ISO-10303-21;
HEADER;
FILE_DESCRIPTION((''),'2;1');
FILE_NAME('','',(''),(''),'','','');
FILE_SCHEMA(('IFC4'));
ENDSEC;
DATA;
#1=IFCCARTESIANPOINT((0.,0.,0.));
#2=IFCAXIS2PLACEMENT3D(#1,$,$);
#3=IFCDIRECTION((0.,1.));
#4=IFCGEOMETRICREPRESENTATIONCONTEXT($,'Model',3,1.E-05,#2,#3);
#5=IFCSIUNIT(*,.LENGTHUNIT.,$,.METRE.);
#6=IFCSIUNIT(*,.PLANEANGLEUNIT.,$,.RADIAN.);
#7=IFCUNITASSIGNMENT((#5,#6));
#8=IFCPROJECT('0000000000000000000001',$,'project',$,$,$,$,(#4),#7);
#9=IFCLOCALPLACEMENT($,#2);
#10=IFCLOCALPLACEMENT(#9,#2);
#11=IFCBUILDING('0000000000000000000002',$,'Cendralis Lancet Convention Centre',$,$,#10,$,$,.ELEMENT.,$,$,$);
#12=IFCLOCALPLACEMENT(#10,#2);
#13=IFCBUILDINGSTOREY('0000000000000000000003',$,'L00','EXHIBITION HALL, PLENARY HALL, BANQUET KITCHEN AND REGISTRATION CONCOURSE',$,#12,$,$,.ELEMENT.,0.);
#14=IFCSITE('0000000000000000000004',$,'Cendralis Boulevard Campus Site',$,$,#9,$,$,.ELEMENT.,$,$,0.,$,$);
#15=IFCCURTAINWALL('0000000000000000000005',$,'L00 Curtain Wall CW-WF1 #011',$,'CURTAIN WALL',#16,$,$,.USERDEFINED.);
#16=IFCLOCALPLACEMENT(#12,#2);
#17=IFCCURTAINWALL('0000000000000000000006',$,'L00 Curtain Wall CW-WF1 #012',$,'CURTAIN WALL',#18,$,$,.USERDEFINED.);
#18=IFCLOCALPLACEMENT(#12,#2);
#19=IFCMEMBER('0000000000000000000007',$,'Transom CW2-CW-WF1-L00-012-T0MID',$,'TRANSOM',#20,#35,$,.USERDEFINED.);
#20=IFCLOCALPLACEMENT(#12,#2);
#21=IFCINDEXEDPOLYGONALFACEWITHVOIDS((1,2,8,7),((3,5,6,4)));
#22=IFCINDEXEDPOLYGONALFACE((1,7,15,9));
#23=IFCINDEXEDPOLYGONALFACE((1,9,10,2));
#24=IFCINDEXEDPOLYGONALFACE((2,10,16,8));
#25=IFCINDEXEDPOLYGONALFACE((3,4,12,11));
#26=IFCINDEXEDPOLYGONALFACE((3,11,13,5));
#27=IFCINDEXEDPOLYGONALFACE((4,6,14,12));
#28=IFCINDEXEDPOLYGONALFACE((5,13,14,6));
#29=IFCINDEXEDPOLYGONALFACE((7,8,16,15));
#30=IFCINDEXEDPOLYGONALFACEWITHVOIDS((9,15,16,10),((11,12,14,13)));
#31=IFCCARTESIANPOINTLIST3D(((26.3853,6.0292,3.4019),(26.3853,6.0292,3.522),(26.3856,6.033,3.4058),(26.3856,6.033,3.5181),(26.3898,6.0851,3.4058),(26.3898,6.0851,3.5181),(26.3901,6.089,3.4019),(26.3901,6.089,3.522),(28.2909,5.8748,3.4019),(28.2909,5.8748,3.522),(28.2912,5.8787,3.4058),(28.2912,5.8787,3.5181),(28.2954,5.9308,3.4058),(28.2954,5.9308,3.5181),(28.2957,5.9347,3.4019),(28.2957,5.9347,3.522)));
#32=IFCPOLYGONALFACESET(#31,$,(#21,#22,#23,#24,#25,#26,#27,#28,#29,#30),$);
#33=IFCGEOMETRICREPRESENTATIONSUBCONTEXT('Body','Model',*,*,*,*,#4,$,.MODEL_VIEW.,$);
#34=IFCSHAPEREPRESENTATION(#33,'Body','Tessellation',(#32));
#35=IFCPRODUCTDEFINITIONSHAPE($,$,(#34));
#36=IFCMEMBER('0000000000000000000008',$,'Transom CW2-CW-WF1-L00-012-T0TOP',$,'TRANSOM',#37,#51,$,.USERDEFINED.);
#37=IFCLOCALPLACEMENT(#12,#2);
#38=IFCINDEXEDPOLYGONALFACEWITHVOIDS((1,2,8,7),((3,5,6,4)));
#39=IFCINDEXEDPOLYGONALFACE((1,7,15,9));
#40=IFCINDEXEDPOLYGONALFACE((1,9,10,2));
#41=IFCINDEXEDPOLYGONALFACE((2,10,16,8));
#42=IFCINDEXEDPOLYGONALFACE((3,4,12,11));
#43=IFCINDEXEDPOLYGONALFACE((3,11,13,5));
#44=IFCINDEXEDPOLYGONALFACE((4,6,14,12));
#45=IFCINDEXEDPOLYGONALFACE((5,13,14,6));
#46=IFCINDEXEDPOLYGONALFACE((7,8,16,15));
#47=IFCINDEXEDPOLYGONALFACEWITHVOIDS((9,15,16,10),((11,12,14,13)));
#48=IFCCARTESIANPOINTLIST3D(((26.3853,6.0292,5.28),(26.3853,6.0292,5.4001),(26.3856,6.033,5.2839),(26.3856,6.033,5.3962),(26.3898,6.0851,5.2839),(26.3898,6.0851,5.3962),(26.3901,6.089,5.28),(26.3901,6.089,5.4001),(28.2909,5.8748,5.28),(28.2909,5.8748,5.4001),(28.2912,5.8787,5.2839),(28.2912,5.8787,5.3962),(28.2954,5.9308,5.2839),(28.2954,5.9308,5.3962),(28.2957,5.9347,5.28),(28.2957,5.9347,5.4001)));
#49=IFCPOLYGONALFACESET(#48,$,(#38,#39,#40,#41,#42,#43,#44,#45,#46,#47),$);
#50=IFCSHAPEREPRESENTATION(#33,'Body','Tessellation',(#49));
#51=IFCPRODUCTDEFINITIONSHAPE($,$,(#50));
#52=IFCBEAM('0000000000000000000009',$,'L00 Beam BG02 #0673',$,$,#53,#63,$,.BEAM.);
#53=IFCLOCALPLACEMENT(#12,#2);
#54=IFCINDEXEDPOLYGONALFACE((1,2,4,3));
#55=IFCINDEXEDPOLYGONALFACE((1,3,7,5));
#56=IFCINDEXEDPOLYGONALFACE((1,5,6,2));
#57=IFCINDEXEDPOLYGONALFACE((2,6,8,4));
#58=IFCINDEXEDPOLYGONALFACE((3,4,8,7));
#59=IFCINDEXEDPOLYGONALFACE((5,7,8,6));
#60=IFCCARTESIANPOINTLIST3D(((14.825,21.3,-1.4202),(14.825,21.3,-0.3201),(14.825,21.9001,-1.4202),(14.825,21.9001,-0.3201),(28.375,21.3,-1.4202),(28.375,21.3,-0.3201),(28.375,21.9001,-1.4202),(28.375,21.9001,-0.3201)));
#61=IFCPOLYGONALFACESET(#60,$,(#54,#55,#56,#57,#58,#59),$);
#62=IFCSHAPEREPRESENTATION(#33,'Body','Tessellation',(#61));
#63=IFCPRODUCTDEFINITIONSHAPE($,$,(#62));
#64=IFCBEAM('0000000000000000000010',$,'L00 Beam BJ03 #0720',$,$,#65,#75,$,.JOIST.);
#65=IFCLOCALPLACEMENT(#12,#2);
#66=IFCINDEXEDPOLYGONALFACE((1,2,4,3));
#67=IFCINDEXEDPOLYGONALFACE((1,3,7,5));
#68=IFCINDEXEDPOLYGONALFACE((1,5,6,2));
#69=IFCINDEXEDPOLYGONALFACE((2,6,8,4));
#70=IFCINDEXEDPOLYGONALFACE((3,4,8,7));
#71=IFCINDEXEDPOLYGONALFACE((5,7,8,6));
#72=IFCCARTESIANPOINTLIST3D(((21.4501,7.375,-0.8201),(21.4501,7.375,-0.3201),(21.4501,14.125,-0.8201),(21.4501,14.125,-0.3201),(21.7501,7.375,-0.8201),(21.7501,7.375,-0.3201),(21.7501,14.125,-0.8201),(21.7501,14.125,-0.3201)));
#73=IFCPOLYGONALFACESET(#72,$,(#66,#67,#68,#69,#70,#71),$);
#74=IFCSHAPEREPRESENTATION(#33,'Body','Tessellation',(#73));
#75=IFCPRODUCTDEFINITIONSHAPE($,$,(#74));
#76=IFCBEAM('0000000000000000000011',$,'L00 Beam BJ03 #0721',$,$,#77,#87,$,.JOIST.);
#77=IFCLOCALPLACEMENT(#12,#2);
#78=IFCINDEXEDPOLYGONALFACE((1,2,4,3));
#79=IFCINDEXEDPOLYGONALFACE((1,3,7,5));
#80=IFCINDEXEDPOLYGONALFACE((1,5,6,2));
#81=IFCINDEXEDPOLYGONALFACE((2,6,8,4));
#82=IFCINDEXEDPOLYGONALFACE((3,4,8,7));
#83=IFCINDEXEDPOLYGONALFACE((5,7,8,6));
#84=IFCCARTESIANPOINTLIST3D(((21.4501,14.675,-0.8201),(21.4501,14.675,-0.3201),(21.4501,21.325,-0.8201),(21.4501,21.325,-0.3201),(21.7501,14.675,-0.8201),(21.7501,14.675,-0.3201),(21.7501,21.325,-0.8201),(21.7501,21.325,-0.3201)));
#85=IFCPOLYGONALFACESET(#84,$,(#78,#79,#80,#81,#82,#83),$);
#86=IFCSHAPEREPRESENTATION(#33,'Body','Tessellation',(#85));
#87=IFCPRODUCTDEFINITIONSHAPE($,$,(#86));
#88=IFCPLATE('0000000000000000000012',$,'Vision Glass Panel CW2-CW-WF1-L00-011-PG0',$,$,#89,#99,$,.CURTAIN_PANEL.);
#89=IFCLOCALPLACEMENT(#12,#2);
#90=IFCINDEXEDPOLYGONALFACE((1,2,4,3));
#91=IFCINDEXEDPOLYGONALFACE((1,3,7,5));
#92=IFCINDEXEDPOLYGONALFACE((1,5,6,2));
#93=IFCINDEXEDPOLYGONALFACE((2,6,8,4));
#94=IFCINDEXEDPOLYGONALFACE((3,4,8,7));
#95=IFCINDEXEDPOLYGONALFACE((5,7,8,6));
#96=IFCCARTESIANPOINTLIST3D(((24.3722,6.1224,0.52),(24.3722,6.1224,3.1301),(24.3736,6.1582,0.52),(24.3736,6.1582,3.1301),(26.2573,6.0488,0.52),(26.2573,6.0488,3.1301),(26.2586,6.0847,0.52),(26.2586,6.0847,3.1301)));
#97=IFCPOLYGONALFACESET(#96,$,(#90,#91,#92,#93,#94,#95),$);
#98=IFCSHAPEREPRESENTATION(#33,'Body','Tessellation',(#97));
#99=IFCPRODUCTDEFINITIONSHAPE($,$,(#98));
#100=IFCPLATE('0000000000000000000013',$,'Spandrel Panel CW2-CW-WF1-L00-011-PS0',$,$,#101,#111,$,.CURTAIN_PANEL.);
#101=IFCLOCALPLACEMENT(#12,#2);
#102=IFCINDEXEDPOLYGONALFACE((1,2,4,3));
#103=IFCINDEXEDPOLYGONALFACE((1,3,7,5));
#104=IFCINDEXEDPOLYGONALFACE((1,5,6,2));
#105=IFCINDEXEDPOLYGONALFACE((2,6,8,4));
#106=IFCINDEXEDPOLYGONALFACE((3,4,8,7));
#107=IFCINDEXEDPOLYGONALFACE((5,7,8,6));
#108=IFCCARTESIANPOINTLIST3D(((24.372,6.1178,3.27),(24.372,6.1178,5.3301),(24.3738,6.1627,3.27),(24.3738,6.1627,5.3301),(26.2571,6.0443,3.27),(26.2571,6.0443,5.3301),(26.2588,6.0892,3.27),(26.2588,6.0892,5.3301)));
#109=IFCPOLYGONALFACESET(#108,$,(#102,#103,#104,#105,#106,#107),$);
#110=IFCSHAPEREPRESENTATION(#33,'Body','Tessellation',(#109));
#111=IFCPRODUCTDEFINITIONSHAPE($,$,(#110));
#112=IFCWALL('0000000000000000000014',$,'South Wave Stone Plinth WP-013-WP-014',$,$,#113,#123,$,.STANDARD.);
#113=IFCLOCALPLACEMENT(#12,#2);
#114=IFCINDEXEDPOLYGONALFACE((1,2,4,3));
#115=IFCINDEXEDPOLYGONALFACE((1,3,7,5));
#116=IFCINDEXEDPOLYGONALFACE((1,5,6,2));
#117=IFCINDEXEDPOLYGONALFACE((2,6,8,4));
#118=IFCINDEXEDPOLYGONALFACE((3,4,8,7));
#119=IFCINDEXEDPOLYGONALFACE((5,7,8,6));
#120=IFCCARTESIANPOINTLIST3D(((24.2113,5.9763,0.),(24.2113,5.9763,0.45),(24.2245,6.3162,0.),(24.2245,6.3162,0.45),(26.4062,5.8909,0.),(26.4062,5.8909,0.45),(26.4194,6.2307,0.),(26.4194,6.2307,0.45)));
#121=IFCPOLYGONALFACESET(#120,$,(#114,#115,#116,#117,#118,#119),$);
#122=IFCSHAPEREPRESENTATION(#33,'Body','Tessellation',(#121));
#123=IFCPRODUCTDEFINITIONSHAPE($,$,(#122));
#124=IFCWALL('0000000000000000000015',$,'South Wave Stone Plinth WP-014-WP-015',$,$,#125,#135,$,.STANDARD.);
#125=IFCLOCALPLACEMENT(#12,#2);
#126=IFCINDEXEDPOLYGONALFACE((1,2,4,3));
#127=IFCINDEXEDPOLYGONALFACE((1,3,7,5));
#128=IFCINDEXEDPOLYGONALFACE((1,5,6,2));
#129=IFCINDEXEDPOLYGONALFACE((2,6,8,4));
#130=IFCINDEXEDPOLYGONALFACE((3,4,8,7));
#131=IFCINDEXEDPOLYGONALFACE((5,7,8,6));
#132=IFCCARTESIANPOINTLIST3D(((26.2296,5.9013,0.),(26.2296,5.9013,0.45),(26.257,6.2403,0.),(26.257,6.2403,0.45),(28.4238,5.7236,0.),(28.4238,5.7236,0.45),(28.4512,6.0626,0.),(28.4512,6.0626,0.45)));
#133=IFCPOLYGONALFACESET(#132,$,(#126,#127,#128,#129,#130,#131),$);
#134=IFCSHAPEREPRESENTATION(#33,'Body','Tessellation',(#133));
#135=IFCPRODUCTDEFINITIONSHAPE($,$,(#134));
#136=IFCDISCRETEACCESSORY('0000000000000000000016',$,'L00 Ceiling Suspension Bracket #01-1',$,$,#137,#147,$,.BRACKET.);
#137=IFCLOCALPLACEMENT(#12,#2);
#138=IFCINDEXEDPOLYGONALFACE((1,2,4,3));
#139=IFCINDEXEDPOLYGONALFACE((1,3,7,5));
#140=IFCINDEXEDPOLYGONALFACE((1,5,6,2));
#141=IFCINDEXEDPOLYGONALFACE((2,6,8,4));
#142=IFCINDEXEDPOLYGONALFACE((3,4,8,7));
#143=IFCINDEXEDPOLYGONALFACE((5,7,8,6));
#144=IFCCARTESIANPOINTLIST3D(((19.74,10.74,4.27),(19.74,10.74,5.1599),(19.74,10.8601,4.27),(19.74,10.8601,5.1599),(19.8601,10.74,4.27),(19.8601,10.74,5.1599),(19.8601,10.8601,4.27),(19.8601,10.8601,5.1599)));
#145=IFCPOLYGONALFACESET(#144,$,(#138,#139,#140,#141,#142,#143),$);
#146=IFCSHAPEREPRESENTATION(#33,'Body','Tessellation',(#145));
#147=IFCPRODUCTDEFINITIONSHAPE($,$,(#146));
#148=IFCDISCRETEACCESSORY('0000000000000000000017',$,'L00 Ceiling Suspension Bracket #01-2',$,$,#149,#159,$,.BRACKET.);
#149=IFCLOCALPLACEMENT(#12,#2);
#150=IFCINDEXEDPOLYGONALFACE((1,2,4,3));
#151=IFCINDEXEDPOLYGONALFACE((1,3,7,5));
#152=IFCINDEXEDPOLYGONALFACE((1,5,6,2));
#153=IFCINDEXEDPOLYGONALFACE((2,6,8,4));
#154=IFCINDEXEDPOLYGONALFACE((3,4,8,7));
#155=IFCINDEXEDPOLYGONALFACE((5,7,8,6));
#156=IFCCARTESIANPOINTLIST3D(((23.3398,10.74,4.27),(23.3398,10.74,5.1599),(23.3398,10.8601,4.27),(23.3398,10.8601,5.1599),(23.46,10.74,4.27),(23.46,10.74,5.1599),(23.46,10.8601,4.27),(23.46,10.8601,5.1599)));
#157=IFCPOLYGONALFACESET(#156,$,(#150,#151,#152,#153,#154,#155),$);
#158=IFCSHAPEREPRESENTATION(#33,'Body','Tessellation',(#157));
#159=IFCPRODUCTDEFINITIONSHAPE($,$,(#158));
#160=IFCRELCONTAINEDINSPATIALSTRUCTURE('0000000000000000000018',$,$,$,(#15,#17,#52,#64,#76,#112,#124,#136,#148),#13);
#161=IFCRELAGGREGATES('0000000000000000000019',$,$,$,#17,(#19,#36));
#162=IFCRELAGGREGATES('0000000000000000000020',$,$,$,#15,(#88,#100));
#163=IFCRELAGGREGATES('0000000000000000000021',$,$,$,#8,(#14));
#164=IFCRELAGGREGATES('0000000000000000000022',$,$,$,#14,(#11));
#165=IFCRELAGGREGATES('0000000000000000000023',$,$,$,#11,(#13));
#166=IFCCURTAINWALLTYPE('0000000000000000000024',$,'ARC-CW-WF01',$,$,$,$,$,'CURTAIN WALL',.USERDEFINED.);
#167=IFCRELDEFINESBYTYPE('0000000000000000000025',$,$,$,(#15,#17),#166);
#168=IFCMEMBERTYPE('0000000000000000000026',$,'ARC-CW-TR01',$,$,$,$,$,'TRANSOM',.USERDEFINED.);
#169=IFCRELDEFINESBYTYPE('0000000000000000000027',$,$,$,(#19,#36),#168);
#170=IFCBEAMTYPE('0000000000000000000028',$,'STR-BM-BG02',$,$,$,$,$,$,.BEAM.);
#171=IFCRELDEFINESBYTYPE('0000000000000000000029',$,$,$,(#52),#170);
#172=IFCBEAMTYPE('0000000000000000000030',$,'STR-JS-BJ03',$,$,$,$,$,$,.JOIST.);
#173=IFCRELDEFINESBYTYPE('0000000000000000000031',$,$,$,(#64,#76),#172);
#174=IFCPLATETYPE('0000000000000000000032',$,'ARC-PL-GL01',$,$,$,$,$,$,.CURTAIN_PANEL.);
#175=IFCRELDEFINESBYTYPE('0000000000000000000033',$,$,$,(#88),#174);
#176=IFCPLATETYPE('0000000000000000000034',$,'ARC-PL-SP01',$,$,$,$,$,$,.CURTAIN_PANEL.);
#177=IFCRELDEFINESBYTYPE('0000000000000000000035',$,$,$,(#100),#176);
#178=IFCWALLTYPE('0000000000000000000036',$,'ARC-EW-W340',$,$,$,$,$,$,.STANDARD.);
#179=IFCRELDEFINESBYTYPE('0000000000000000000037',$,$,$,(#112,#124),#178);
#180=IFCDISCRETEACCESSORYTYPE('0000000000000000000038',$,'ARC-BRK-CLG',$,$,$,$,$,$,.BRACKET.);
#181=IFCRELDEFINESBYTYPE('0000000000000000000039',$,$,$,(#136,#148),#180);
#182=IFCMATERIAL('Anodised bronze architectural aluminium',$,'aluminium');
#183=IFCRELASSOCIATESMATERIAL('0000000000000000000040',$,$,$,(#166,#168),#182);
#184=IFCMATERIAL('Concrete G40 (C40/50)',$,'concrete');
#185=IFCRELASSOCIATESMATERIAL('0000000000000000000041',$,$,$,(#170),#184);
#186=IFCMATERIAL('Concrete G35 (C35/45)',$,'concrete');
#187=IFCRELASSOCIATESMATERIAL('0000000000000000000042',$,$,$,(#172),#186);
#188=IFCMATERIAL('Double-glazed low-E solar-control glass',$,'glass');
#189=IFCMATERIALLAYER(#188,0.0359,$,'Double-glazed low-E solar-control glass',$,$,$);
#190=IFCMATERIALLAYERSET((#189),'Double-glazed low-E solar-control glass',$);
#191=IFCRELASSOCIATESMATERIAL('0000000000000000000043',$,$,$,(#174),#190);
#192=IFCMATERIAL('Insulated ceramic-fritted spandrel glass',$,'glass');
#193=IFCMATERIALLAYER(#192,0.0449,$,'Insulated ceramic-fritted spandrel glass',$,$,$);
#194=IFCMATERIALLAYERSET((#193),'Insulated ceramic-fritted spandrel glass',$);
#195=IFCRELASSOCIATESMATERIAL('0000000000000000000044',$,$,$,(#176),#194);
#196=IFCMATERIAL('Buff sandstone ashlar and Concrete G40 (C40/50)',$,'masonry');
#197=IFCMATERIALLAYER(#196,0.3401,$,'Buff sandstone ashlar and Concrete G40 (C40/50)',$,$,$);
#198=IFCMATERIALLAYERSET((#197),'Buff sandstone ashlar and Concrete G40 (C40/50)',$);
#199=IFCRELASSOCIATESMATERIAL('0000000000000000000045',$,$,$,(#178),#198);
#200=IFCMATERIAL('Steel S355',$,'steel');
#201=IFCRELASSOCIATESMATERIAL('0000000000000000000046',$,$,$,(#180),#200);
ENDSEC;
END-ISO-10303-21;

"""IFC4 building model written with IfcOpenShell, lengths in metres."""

from ifc_helpers import new_model, si_unit, direction, frame, frame_2d, origin, origin_2d, place, context, subcontext, project, spatial, rectangle, hollow_rectangle, extrude, material, layer, layer_set, material_profile, profile_set, type_object, element, aggregate, save


model = new_model("IFC4")

# Units and contexts
model_context = context("Model", 3, precision=1e-05, world=origin(), true_north=direction((0.0, 1.0)))
body_context = subcontext(model_context, "Body", "Model", "MODEL_VIEW")
ifc_project = project(units=[si_unit("LENGTHUNIT", "METRE"), si_unit("PLANEANGLEUNIT", "RADIAN")], contexts=[model_context])

# Site, building, storey
site_placement = place(None, origin())
site = spatial("IfcSite", under=ifc_project, at=site_placement, Name="Cendralis Boulevard Campus Site", CompositionType="ELEMENT", RefElevation=0.0)
building_placement = place(site_placement, origin())
building = spatial("IfcBuilding", under=site, at=building_placement, Name="Cendralis Lancet Convention Centre", CompositionType="ELEMENT")
storey_placement = place(building_placement, origin())
storey = spatial("IfcBuildingStorey", under=building, at=storey_placement, Name="L00", Description="EXHIBITION HALL, PLENARY HALL, BANQUET KITCHEN AND REGISTRATION CONCOURSE", CompositionType="ELEMENT", Elevation=0.0)

# Shared definitions
ifc_material_1 = material(Name="Concrete G35 (C35/45)", Category="concrete")

# Shared definitions
ifc_material_2 = material(Name="Concrete G40 (C40/50)", Category="concrete")

# Curtain wall
ifc_material_3 = material(Name="Anodised bronze architectural aluminium", Category="aluminium")
curtain_wall_type = type_object("IfcCurtainWallType", Name="ARC-CW-WF01", ElementType="CURTAIN WALL", PredefinedType="USERDEFINED", material=ifc_material_3)
curtain_wall_1_placement = place(storey_placement, origin())
curtain_wall_1 = element("IfcCurtainWall", 1, at=curtain_wall_1_placement, inside=storey, type_object=curtain_wall_type, Name="L00 Curtain Wall CW-WF1 #011", ObjectType="CURTAIN WALL", PredefinedType="USERDEFINED")

# Curtain wall
curtain_wall_2_placement = place(storey_placement, origin())
curtain_wall_2 = element("IfcCurtainWall", 2, at=curtain_wall_2_placement, inside=storey, type_object=curtain_wall_type, Name="L00 Curtain Wall CW-WF1 #012", ObjectType="CURTAIN WALL", PredefinedType="USERDEFINED")

# Members
ifc_material_profile_1 = material_profile(ifc_material_3, hollow_rectangle(XDim=0.0601, YDim=0.1201, WallThickness=0.0039, at=origin_2d()), Name="AL-TRAN 60x120x4.0")
ifc_profile_set_1 = profile_set([ifc_material_profile_1], Name="Anodised bronze architectural aluminium")
member_type_1 = type_object("IfcMemberType", Name="ARC-CW-TR01", ElementType="TRANSOM", PredefinedType="USERDEFINED", material=ifc_profile_set_1)
member_1_placement = place(storey_placement, frame((26.3877, 6.0591, 3.4619), z_axis=(0.996738, -0.08071, 0.0), x_axis=(0.08071, 0.996738, 0.0)))
member_1 = element("IfcMember", 3, at=member_1_placement, type_object=member_type_1, Name="Transom CW2-CW-WF1-L00-012-T0MID", ObjectType="TRANSOM", PredefinedType="USERDEFINED", context=body_context, shape_type="SweptSolid", body=[
    extrude(hollow_rectangle(XDim=0.0601, YDim=0.1201, WallThickness=0.0039, at=origin_2d()), origin(), (0.0, 0.0, 1.0), 1.9119),
])
member_2_placement = place(storey_placement, frame((26.3877, 6.0591, 5.3401), z_axis=(0.996738, -0.08071, 0.0), x_axis=(0.08071, 0.996738, 0.0)))
member_2 = element("IfcMember", 4, at=member_2_placement, type_object=member_type_1, Name="Transom CW2-CW-WF1-L00-012-T0TOP", ObjectType="TRANSOM", PredefinedType="USERDEFINED", context=body_context, shape_type="SweptSolid", body=[
    extrude(hollow_rectangle(XDim=0.0601, YDim=0.1201, WallThickness=0.0039, at=origin_2d()), origin(), (0.0, 0.0, 1.0), 1.9119),
])
aggregate(curtain_wall_2, [member_1, member_2])

# Beams
ifc_material_profile_2 = material_profile(ifc_material_2, rectangle(XDim=0.6001, YDim=1.1001, at=origin_2d()), Name="RCB 600x1100")
ifc_profile_set_2 = profile_set([ifc_material_profile_2], Name="Concrete G40 (C40/50)")
beam_type_1 = type_object("IfcBeamType", Name="STR-BM-BG02", PredefinedType="BEAM", material=ifc_profile_set_2)
beam_1_placement = place(storey_placement, frame((14.825, 21.6001, -0.8701), z_axis=(1.0, 0.0, 0.0), x_axis=(0.0, 1.0, 0.0)))
element("IfcBeam", 5, at=beam_1_placement, inside=storey, type_object=beam_type_1, Name="L00 Beam BG02 #0673", PredefinedType="BEAM", context=body_context, shape_type="SweptSolid", body=[
    extrude(rectangle(XDim=0.6001, YDim=1.1001, at=origin_2d()), origin(), (0.0, 0.0, 1.0), 13.55),
])
ifc_material_profile_3 = material_profile(ifc_material_1, rectangle(XDim=0.3, YDim=0.5, at=origin_2d()), Name="RCB 300x500")
ifc_profile_set_3 = profile_set([ifc_material_profile_3], Name="Concrete G35 (C35/45)")
beam_type_2 = type_object("IfcBeamType", Name="STR-JS-BJ03", PredefinedType="JOIST", material=ifc_profile_set_3)
beam_2_placement = place(storey_placement, frame((21.6001, 7.375, -0.5701), z_axis=(0.0, 1.0, 0.0), x_axis=(-1.0, 0.0, 0.0)))
element("IfcBeam", 6, at=beam_2_placement, inside=storey, type_object=beam_type_2, Name="L00 Beam BJ03 #0720", PredefinedType="JOIST", context=body_context, shape_type="SweptSolid", body=[
    extrude(rectangle(XDim=0.3, YDim=0.5, at=origin_2d()), origin(), (0.0, 0.0, 1.0), 6.75),
])
beam_3_placement = place(storey_placement, frame((21.6001, 14.675, -0.5701), z_axis=(0.0, 1.0, 0.0), x_axis=(-1.0, 0.0, 0.0)))
element("IfcBeam", 7, at=beam_3_placement, inside=storey, type_object=beam_type_2, Name="L00 Beam BJ03 #0721", PredefinedType="JOIST", context=body_context, shape_type="SweptSolid", body=[
    extrude(rectangle(XDim=0.3, YDim=0.5, at=origin_2d()), origin(), (0.0, 0.0, 1.0), 6.6499),
])

# Plates
ifc_material_4 = material(Name="Double-glazed low-E solar-control glass", Category="glass")
ifc_layer_1 = layer(ifc_material_4, 0.0359, Name="Double-glazed low-E solar-control glass")
ifc_layer_set_1 = layer_set([ifc_layer_1], Name="Double-glazed low-E solar-control glass")
plate_type_1 = type_object("IfcPlateType", Name="ARC-PL-GL01", PredefinedType="CURTAIN_PANEL", material=ifc_layer_set_1)
plate_1_placement = place(storey_placement, frame((25.3154, 6.1035, 0.52), z_axis=(0.0, 0.0, 1.0), x_axis=(0.99924, -0.038983, 0.0)))
plate_1 = element("IfcPlate", 8, at=plate_1_placement, type_object=plate_type_1, Name="Vision Glass Panel CW2-CW-WF1-L00-011-PG0", PredefinedType="CURTAIN_PANEL", context=body_context, shape_type="SweptSolid", body=[
    extrude(rectangle(XDim=1.8865, YDim=0.0359, at=origin_2d()), origin(), (0.0, 0.0, 1.0), 2.6101),
])
ifc_material_5 = material(Name="Insulated ceramic-fritted spandrel glass", Category="glass")
ifc_layer_2 = layer(ifc_material_5, 0.0449, Name="Insulated ceramic-fritted spandrel glass")
ifc_layer_set_2 = layer_set([ifc_layer_2], Name="Insulated ceramic-fritted spandrel glass")
plate_type_2 = type_object("IfcPlateType", Name="ARC-PL-SP01", PredefinedType="CURTAIN_PANEL", material=ifc_layer_set_2)
plate_2_placement = place(storey_placement, frame((25.3154, 6.1035, 3.27), z_axis=(0.0, 0.0, 1.0), x_axis=(0.99924, -0.038983, 0.0)))
plate_2 = element("IfcPlate", 9, at=plate_2_placement, type_object=plate_type_2, Name="Spandrel Panel CW2-CW-WF1-L00-011-PS0", PredefinedType="CURTAIN_PANEL", context=body_context, shape_type="SweptSolid", body=[
    extrude(rectangle(XDim=1.8865, YDim=0.0449, at=origin_2d()), origin(), (0.0, 0.0, 1.0), 2.0601),
])
aggregate(curtain_wall_1, [plate_1, plate_2])

# Shared definitions
ifc_material_6 = material(Name="Buff sandstone ashlar and Concrete G40 (C40/50)", Category="masonry")
ifc_layer_3 = layer(ifc_material_6, 0.3401, Name="Buff sandstone ashlar and Concrete G40 (C40/50)")
ifc_layer_set_3 = layer_set([ifc_layer_3], Name="Buff sandstone ashlar and Concrete G40 (C40/50)")
wall_type = type_object("IfcWallType", Name="ARC-EW-W340", PredefinedType="STANDARD", material=ifc_layer_set_3)

# Walls
wall_1_placement = place(storey_placement, frame((24.218, 6.1462, 0.0), z_axis=(0.0, 0.0, 1.0), x_axis=(0.999243, -0.038903, 0.0)))
element("IfcWall", 10, at=wall_1_placement, inside=storey, type_object=wall_type, Name="South Wave Stone Plinth WP-013-WP-014", PredefinedType="STANDARD", context=body_context, shape_type="SweptSolid", body=[
    extrude(rectangle(XDim=2.1965, YDim=0.3401, at=frame_2d((1.0981, 0.0))), origin(), (0.0, 0.0, 1.0), 0.45),
])
wall_2_placement = place(storey_placement, frame((26.2434, 6.0708, 0.0), z_axis=(0.0, 0.0, 1.0), x_axis=(0.996736, -0.080732, 0.0)))
element("IfcWall", 11, at=wall_2_placement, inside=storey, type_object=wall_type, Name="South Wave Stone Plinth WP-014-WP-015", PredefinedType="STANDARD", context=body_context, shape_type="SweptSolid", body=[
    extrude(rectangle(XDim=2.2014, YDim=0.3401, at=frame_2d((1.1006, 0.0))), origin(), (0.0, 0.0, 1.0), 0.45),
])

# Discrete accessories
ifc_material_7 = material(Name="Steel S355", Category="steel")
discrete_accessory_type = type_object("IfcDiscreteAccessoryType", Name="ARC-BRK-CLG", PredefinedType="BRACKET", material=ifc_material_7)
for number, where, z_axis, x_axis, name in (
    (12, (19.8, 10.8, 4.27), (0.0, 0.0, 1.0), (1.0, 0.0, 0.0), "L00 Ceiling Suspension Bracket #01-1"),
    (13, (23.3999, 10.8, 4.27), (0.0, 0.0, 1.0), (1.0, 0.0, 0.0), "L00 Ceiling Suspension Bracket #01-2"),
):
    element("IfcDiscreteAccessory", number, at=place(storey_placement, frame(where, z_axis=z_axis, x_axis=x_axis)), inside=storey, type_object=discrete_accessory_type, Name=name, PredefinedType="BRACKET", context=body_context, shape_type="SweptSolid", body=[
        extrude(rectangle(XDim=0.1201, YDim=0.1201, at=origin_2d()), origin(), (0.0, 0.0, 1.0), 0.8899),
    ])

save(model, "model.ifc")
